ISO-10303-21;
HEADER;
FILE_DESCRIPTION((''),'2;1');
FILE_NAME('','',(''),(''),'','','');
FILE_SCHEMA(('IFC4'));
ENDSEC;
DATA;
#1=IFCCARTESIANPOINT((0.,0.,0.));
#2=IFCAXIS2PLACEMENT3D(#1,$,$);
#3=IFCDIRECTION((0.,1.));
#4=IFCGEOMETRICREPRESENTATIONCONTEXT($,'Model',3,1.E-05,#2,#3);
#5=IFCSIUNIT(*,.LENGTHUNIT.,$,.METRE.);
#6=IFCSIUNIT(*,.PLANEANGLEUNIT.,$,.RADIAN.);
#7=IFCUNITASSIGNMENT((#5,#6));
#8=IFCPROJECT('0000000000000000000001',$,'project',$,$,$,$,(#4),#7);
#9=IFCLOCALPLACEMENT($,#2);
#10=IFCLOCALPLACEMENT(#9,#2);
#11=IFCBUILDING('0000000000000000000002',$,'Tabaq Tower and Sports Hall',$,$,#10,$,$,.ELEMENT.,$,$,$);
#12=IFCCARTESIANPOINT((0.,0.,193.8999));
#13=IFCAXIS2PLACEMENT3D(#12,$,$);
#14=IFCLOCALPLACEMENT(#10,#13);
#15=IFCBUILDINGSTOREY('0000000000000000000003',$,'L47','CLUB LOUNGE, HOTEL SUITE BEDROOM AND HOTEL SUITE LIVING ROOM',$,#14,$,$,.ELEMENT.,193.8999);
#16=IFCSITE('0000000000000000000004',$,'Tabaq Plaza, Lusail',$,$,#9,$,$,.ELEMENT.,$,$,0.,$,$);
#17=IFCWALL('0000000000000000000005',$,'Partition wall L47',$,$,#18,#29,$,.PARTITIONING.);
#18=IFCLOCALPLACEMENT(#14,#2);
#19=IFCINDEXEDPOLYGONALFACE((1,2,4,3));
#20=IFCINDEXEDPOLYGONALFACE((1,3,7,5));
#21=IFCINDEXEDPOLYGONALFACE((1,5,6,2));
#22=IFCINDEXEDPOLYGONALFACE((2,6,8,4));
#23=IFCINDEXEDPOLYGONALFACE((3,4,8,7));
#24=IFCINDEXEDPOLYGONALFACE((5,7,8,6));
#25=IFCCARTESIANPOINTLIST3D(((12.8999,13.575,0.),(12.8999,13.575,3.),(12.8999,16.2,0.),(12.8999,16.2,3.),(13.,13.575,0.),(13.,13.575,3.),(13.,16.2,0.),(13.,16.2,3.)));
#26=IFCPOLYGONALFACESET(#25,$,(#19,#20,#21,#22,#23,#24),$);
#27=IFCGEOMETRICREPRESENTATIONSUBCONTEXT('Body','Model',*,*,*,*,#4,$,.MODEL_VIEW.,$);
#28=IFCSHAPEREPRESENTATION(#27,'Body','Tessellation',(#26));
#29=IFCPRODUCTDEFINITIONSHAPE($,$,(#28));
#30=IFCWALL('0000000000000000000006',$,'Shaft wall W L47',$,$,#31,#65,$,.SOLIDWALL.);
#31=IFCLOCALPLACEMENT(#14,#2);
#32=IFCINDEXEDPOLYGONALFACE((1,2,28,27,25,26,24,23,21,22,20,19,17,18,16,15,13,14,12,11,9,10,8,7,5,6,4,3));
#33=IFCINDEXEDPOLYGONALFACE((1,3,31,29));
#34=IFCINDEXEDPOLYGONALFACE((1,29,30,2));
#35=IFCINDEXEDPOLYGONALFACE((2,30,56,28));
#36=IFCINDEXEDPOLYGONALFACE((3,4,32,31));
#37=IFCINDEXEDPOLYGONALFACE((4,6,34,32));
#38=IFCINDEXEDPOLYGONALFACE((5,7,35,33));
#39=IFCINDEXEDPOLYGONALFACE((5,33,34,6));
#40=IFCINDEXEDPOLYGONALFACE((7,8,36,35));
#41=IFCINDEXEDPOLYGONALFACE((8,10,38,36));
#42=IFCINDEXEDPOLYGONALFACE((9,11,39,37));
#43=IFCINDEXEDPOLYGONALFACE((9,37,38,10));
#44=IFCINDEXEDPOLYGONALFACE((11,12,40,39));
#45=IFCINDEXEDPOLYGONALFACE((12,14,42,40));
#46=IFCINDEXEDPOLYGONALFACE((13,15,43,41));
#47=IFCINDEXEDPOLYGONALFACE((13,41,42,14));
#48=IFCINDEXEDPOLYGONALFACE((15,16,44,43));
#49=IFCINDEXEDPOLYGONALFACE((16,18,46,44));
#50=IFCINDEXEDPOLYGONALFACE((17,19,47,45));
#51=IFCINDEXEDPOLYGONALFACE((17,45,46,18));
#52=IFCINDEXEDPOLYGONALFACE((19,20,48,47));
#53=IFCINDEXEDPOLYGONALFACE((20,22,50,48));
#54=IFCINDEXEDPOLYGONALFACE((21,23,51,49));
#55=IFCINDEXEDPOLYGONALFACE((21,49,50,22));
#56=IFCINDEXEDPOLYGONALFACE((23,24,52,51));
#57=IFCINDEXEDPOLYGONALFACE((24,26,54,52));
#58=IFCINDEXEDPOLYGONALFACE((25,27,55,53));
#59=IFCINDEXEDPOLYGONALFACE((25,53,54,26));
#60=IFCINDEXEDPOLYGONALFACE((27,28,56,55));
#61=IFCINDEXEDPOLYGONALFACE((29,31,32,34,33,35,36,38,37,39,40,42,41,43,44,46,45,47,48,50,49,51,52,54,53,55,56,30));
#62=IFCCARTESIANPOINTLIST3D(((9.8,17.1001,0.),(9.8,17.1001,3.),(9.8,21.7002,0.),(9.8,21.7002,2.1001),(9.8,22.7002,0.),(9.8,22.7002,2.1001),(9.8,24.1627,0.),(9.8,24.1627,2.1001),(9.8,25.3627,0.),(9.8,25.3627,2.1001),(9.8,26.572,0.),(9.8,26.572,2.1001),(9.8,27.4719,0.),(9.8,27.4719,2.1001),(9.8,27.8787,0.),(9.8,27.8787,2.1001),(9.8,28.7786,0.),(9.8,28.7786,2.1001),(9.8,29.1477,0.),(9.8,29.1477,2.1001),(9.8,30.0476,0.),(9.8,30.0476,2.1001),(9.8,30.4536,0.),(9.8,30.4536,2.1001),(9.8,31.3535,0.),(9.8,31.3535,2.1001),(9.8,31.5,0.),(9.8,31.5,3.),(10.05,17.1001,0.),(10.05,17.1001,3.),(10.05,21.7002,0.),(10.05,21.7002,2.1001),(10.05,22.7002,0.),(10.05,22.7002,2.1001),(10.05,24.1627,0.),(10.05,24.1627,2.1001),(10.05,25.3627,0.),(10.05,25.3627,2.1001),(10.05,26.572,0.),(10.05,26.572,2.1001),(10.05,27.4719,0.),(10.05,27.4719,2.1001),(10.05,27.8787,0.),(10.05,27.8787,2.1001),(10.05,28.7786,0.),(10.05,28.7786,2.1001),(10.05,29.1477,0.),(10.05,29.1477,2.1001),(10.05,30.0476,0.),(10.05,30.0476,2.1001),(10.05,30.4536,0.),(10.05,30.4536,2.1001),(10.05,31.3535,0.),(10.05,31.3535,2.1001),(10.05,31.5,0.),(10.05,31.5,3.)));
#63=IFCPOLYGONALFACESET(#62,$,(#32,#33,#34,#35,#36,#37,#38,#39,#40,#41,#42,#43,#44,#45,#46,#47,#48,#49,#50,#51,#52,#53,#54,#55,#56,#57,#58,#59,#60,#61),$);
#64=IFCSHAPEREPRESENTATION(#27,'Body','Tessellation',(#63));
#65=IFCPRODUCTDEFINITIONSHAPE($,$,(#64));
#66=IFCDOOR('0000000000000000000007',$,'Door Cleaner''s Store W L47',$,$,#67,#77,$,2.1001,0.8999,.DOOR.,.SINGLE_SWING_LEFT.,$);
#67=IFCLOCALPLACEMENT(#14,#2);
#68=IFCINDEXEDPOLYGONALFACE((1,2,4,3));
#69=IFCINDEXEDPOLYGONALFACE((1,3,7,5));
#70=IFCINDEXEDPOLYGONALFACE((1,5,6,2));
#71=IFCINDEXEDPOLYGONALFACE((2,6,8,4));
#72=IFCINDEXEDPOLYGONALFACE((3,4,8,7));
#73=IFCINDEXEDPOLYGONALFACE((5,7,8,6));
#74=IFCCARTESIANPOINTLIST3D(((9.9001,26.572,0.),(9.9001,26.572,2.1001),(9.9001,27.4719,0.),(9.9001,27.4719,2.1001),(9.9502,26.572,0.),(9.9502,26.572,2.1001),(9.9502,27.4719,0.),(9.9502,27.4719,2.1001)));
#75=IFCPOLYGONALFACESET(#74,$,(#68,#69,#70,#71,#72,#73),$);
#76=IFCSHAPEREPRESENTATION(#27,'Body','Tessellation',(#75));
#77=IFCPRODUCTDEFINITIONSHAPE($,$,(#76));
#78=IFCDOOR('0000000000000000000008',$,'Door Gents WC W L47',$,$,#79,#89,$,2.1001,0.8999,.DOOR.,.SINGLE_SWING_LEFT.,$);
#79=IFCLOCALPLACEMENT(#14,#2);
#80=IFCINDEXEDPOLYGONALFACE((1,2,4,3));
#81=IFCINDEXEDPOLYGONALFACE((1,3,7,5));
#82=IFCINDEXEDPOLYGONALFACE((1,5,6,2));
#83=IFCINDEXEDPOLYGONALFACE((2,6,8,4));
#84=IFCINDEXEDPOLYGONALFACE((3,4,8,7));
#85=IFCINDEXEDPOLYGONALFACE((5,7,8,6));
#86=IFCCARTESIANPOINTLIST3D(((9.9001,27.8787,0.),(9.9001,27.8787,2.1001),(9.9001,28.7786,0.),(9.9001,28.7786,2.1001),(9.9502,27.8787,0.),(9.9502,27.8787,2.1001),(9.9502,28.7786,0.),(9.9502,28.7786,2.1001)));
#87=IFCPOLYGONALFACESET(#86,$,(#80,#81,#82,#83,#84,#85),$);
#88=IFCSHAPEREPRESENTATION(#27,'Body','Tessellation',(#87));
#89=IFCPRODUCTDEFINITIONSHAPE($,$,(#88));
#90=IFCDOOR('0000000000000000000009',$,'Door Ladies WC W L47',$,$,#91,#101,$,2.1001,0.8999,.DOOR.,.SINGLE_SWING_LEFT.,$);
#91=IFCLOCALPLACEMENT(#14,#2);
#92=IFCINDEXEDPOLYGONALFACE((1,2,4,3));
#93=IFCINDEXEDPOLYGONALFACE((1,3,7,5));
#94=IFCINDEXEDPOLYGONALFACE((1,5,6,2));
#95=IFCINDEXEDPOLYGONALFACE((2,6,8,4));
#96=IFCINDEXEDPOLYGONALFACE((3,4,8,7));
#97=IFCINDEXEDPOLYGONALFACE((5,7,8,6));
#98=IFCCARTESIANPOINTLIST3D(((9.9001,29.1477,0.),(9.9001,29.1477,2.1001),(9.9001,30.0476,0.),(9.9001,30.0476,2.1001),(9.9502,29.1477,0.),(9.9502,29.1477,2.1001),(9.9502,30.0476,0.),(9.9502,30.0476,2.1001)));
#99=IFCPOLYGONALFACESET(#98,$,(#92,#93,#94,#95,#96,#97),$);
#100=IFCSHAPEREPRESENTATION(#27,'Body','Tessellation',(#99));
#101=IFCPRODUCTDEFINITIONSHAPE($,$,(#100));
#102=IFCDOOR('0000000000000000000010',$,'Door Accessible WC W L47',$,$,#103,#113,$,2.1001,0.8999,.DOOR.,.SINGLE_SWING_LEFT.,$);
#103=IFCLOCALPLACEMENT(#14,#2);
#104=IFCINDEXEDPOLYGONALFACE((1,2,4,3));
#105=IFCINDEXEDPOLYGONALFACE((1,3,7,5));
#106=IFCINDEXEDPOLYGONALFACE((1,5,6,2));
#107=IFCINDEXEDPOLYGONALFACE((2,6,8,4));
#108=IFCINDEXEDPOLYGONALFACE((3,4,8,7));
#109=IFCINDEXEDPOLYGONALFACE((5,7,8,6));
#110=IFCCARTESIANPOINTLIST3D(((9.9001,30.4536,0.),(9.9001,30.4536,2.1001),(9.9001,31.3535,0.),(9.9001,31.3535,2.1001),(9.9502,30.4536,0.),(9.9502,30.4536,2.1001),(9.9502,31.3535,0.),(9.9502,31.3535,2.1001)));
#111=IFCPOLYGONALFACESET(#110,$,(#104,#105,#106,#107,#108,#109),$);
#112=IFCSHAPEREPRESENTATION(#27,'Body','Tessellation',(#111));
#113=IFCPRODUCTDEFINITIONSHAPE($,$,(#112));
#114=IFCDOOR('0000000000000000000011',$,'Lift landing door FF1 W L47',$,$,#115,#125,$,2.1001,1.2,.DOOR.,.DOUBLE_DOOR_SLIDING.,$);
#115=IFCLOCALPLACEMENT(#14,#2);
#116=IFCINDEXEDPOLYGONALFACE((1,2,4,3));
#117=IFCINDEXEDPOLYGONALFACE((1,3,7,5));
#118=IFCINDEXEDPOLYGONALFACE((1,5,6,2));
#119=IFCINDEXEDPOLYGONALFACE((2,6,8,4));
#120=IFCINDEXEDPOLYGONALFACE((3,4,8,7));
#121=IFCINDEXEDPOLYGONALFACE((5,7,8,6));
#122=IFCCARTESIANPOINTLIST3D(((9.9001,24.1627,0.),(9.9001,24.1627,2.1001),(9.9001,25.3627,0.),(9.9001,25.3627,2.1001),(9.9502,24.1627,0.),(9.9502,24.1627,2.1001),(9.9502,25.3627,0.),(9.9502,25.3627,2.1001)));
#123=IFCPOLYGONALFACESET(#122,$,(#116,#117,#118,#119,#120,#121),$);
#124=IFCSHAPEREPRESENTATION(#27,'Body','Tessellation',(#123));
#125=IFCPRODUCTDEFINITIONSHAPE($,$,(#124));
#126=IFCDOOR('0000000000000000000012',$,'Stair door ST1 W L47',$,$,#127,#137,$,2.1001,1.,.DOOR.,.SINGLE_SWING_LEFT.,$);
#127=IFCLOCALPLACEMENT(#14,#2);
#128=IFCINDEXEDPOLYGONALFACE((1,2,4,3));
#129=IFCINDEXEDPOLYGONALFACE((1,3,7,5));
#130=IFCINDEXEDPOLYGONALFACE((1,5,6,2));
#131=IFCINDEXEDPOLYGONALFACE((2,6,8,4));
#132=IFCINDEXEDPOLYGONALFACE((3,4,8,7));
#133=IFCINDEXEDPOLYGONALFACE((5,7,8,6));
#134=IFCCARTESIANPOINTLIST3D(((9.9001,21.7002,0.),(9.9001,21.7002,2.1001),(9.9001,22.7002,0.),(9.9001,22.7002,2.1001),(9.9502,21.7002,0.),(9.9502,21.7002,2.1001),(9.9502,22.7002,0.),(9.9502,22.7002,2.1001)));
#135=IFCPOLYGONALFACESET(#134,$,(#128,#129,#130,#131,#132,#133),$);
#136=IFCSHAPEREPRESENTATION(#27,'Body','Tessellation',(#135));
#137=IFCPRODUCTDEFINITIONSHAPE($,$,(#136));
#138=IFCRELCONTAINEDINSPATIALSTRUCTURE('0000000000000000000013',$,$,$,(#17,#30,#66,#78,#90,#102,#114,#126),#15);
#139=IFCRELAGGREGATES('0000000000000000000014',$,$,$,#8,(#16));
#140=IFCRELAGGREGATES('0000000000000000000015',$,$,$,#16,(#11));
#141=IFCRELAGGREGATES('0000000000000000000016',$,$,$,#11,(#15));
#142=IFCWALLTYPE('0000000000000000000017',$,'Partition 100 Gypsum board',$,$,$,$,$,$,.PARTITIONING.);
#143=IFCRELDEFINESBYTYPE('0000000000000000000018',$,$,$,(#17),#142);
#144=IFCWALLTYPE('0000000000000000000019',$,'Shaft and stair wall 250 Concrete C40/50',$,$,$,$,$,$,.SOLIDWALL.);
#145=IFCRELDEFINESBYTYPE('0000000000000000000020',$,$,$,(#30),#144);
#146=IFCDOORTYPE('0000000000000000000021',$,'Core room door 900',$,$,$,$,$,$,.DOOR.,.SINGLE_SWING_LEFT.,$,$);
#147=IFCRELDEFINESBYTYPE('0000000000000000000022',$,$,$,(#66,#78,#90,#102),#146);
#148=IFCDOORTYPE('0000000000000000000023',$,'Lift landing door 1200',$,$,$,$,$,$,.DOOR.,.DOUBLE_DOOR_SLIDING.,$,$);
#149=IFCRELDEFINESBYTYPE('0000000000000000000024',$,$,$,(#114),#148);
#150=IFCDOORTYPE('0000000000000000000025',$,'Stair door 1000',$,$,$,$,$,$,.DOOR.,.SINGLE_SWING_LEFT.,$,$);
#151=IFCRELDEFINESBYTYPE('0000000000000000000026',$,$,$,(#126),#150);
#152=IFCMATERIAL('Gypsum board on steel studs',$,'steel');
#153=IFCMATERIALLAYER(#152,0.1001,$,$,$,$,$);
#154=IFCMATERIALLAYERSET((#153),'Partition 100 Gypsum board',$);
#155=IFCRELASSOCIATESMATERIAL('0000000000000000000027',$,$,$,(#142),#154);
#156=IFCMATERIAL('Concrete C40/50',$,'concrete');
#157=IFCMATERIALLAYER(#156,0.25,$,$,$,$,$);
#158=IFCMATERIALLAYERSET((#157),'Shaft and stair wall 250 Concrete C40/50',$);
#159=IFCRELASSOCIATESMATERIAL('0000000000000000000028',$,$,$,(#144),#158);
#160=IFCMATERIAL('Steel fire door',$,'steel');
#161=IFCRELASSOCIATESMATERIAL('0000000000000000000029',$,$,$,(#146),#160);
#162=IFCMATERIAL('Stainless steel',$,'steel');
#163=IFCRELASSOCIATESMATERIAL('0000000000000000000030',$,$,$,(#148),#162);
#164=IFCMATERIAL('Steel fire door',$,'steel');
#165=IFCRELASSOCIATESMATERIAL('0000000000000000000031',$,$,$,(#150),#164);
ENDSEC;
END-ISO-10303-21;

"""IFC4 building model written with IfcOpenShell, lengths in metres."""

from ifc_helpers import new_model, si_unit, direction, frame, frame_2d, origin, place, context, subcontext, project, spatial, rectangle, extrude, material, layer, layer_set, type_object, element, fill, save


model = new_model("IFC4")

# Units and contexts
model_context = context("Model", 3, precision=1e-05, world=origin(), true_north=direction((0.0, 1.0)))
body_context = subcontext(model_context, "Body", "Model", "MODEL_VIEW")
ifc_project = project(units=[si_unit("LENGTHUNIT", "METRE"), si_unit("PLANEANGLEUNIT", "RADIAN")], contexts=[model_context])

# Site, building, storey
site_placement = place(None, origin())
site = spatial("IfcSite", under=ifc_project, at=site_placement, Name="Tabaq Plaza, Lusail", CompositionType="ELEMENT", RefElevation=0.0)
building_placement = place(site_placement, origin())
building = spatial("IfcBuilding", under=site, at=building_placement, Name="Tabaq Tower and Sports Hall", CompositionType="ELEMENT")
storey_placement = place(building_placement, frame((0.0, 0.0, 193.8999)))
storey = spatial("IfcBuildingStorey", under=building, at=storey_placement, Name="L47", Description="CLUB LOUNGE, HOTEL SUITE BEDROOM AND HOTEL SUITE LIVING ROOM", CompositionType="ELEMENT", Elevation=193.8999)

# Wall
ifc_material_1 = material(Name="Gypsum board on steel studs", Category="steel")
ifc_layer_1 = layer(ifc_material_1, 0.1001)
ifc_layer_set_1 = layer_set([ifc_layer_1], Name="Partition 100 Gypsum board")
wall_type_1 = type_object("IfcWallType", Name="Partition 100 Gypsum board", PredefinedType="PARTITIONING", material=ifc_layer_set_1)
wall_1_placement = place(storey_placement, frame((12.95, 13.575, 0.0), z_axis=(0.0, 0.0, 1.0), x_axis=(0.0, 1.0, 0.0)))
element("IfcWall", 1, at=wall_1_placement, inside=storey, type_object=wall_type_1, Name="Partition wall L47", PredefinedType="PARTITIONING", context=body_context, shape_type="SweptSolid", body=[
    extrude(rectangle(XDim=2.625, YDim=0.1001, at=frame_2d((1.3125, 0.0))), origin(), (0.0, 0.0, 1.0), 3.0),
])

# Wall, openings, doors
ifc_material_2 = material(Name="Concrete C40/50", Category="concrete")
ifc_layer_2 = layer(ifc_material_2, 0.25)
ifc_layer_set_2 = layer_set([ifc_layer_2], Name="Shaft and stair wall 250 Concrete C40/50")
wall_type_2 = type_object("IfcWallType", Name="Shaft and stair wall 250 Concrete C40/50", PredefinedType="SOLIDWALL", material=ifc_layer_set_2)
wall_2_placement = place(storey_placement, frame((9.925, 17.1001, 0.0), z_axis=(0.0, 0.0, 1.0), x_axis=(0.0, 1.0, 0.0)))
wall_2 = element("IfcWall", 2, at=wall_2_placement, inside=storey, type_object=wall_type_2, Name="Shaft wall W L47", PredefinedType="SOLIDWALL", context=body_context, shape_type="SweptSolid", body=[
    extrude(rectangle(XDim=14.3999, YDim=0.25, at=frame_2d((7.2, 0.0))), origin(), (0.0, 0.0, 1.0), 3.0),
])
opening_1_placement = place(wall_2_placement, frame((4.6001, 0.0, 0.0)))
opening_1 = element("IfcOpeningElement", 3, at=opening_1_placement, cuts=wall_2, PredefinedType="OPENING", context=body_context, shape_type="SweptSolid", body=[
    extrude(rectangle(XDim=1.0, YDim=2.1001, at=frame_2d((0.5, 1.05))), frame((0.0, 0.125, 0.0), z_axis=(0.0, -1.0, 0.0), x_axis=(1.0, 0.0, 0.0)), (0.0, 0.0, 1.0), 0.25),
])
opening_2_placement = place(wall_2_placement, frame((7.0625, 0.0, 0.0)))
opening_2 = element("IfcOpeningElement", 4, at=opening_2_placement, cuts=wall_2, PredefinedType="OPENING", context=body_context, shape_type="SweptSolid", body=[
    extrude(rectangle(XDim=1.2, YDim=2.1001, at=frame_2d((0.6001, 1.05))), frame((0.0, 0.125, 0.0), z_axis=(0.0, -1.0, 0.0), x_axis=(1.0, 0.0, 0.0)), (0.0, 0.0, 1.0), 0.25),
])
opening_3_placement = place(wall_2_placement, frame((9.4719, 0.0, 0.0)))
opening_3 = element("IfcOpeningElement", 5, at=opening_3_placement, cuts=wall_2, PredefinedType="OPENING", context=body_context, shape_type="SweptSolid", body=[
    extrude(rectangle(XDim=0.8999, YDim=2.1001, at=frame_2d((0.45, 1.05))), frame((0.0, 0.125, 0.0), z_axis=(0.0, -1.0, 0.0), x_axis=(1.0, 0.0, 0.0)), (0.0, 0.0, 1.0), 0.25),
])
opening_4_placement = place(wall_2_placement, frame((10.7786, 0.0, 0.0)))
opening_4 = element("IfcOpeningElement", 6, at=opening_4_placement, cuts=wall_2, PredefinedType="OPENING", context=body_context, shape_type="SweptSolid", body=[
    extrude(rectangle(XDim=0.8999, YDim=2.1001, at=frame_2d((0.45, 1.05))), frame((0.0, 0.125, 0.0), z_axis=(0.0, -1.0, 0.0), x_axis=(1.0, 0.0, 0.0)), (0.0, 0.0, 1.0), 0.25),
])
opening_5_placement = place(wall_2_placement, frame((12.0476, 0.0, 0.0)))
opening_5 = element("IfcOpeningElement", 7, at=opening_5_placement, cuts=wall_2, PredefinedType="OPENING", context=body_context, shape_type="SweptSolid", body=[
    extrude(rectangle(XDim=0.8999, YDim=2.1001, at=frame_2d((0.45, 1.05))), frame((0.0, 0.125, 0.0), z_axis=(0.0, -1.0, 0.0), x_axis=(1.0, 0.0, 0.0)), (0.0, 0.0, 1.0), 0.25),
])
opening_6_placement = place(wall_2_placement, frame((13.3535, 0.0, 0.0)))
opening_6 = element("IfcOpeningElement", 8, at=opening_6_placement, cuts=wall_2, PredefinedType="OPENING", context=body_context, shape_type="SweptSolid", body=[
    extrude(rectangle(XDim=0.8999, YDim=2.1001, at=frame_2d((0.45, 1.05))), frame((0.0, 0.125, 0.0), z_axis=(0.0, -1.0, 0.0), x_axis=(1.0, 0.0, 0.0)), (0.0, 0.0, 1.0), 0.25),
])
ifc_material_3 = material(Name="Steel fire door", Category="steel")
door_type_1 = type_object("IfcDoorType", Name="Core room door 900", OperationType="SINGLE_SWING_LEFT", PredefinedType="DOOR", material=ifc_material_3)
door_1_placement = place(opening_3_placement, origin())
door_1 = element("IfcDoor", 9, at=door_1_placement, inside=storey, type_object=door_type_1, Name="Door Cleaner's Store W L47", OperationType="SINGLE_SWING_LEFT", OverallHeight=2.1001, OverallWidth=0.8999, PredefinedType="DOOR", context=body_context, shape_type="SweptSolid", body=[
    extrude(rectangle(XDim=0.8999, YDim=2.1001, at=frame_2d((0.45, 1.05))), frame((0.0, 0.0249, 0.0), z_axis=(0.0, -1.0, 0.0), x_axis=(1.0, 0.0, 0.0)), (0.0, 0.0, 1.0), 0.05),
])
fill(opening_3, door_1)
door_2_placement = place(opening_4_placement, origin())
door_2 = element("IfcDoor", 10, at=door_2_placement, inside=storey, type_object=door_type_1, Name="Door Gents WC W L47", OperationType="SINGLE_SWING_LEFT", OverallHeight=2.1001, OverallWidth=0.8999, PredefinedType="DOOR", context=body_context, shape_type="SweptSolid", body=[
    extrude(rectangle(XDim=0.8999, YDim=2.1001, at=frame_2d((0.45, 1.05))), frame((0.0, 0.0249, 0.0), z_axis=(0.0, -1.0, 0.0), x_axis=(1.0, 0.0, 0.0)), (0.0, 0.0, 1.0), 0.05),
])
fill(opening_4, door_2)
door_3_placement = place(opening_5_placement, origin())
door_3 = element("IfcDoor", 11, at=door_3_placement, inside=storey, type_object=door_type_1, Name="Door Ladies WC W L47", OperationType="SINGLE_SWING_LEFT", OverallHeight=2.1001, OverallWidth=0.8999, PredefinedType="DOOR", context=body_context, shape_type="SweptSolid", body=[
    extrude(rectangle(XDim=0.8999, YDim=2.1001, at=frame_2d((0.45, 1.05))), frame((0.0, 0.0249, 0.0), z_axis=(0.0, -1.0, 0.0), x_axis=(1.0, 0.0, 0.0)), (0.0, 0.0, 1.0), 0.05),
])
fill(opening_5, door_3)
door_4_placement = place(opening_6_placement, origin())
door_4 = element("IfcDoor", 12, at=door_4_placement, inside=storey, type_object=door_type_1, Name="Door Accessible WC W L47", OperationType="SINGLE_SWING_LEFT", OverallHeight=2.1001, OverallWidth=0.8999, PredefinedType="DOOR", context=body_context, shape_type="SweptSolid", body=[
    extrude(rectangle(XDim=0.8999, YDim=2.1001, at=frame_2d((0.45, 1.05))), frame((0.0, 0.0249, 0.0), z_axis=(0.0, -1.0, 0.0), x_axis=(1.0, 0.0, 0.0)), (0.0, 0.0, 1.0), 0.05),
])
fill(opening_6, door_4)
ifc_material_4 = material(Name="Stainless steel", Category="steel")
door_type_2 = type_object("IfcDoorType", Name="Lift landing door 1200", OperationType="DOUBLE_DOOR_SLIDING", PredefinedType="DOOR", material=ifc_material_4)
door_5_placement = place(opening_2_placement, origin())
door_5 = element("IfcDoor", 13, at=door_5_placement, inside=storey, type_object=door_type_2, Name="Lift landing door FF1 W L47", OperationType="DOUBLE_DOOR_SLIDING", OverallHeight=2.1001, OverallWidth=1.2, PredefinedType="DOOR", context=body_context, shape_type="SweptSolid", body=[
    extrude(rectangle(XDim=1.2, YDim=2.1001, at=frame_2d((0.6001, 1.05))), frame((0.0, 0.0249, 0.0), z_axis=(0.0, -1.0, 0.0), x_axis=(1.0, 0.0, 0.0)), (0.0, 0.0, 1.0), 0.05),
])
fill(opening_2, door_5)
ifc_material_5 = material(Name="Steel fire door", Category="steel")
door_type_3 = type_object("IfcDoorType", Name="Stair door 1000", OperationType="SINGLE_SWING_LEFT", PredefinedType="DOOR", material=ifc_material_5)
door_6_placement = place(opening_1_placement, origin())
door_6 = element("IfcDoor", 14, at=door_6_placement, inside=storey, type_object=door_type_3, Name="Stair door ST1 W L47", OperationType="SINGLE_SWING_LEFT", OverallHeight=2.1001, OverallWidth=1.0, PredefinedType="DOOR", context=body_context, shape_type="SweptSolid", body=[
    extrude(rectangle(XDim=1.0, YDim=2.1001, at=frame_2d((0.5, 1.05))), frame((0.0, 0.0249, 0.0), z_axis=(0.0, -1.0, 0.0), x_axis=(1.0, 0.0, 0.0)), (0.0, 0.0, 1.0), 0.05),
])
fill(opening_1, door_6)

save(model, "model.ifc")
